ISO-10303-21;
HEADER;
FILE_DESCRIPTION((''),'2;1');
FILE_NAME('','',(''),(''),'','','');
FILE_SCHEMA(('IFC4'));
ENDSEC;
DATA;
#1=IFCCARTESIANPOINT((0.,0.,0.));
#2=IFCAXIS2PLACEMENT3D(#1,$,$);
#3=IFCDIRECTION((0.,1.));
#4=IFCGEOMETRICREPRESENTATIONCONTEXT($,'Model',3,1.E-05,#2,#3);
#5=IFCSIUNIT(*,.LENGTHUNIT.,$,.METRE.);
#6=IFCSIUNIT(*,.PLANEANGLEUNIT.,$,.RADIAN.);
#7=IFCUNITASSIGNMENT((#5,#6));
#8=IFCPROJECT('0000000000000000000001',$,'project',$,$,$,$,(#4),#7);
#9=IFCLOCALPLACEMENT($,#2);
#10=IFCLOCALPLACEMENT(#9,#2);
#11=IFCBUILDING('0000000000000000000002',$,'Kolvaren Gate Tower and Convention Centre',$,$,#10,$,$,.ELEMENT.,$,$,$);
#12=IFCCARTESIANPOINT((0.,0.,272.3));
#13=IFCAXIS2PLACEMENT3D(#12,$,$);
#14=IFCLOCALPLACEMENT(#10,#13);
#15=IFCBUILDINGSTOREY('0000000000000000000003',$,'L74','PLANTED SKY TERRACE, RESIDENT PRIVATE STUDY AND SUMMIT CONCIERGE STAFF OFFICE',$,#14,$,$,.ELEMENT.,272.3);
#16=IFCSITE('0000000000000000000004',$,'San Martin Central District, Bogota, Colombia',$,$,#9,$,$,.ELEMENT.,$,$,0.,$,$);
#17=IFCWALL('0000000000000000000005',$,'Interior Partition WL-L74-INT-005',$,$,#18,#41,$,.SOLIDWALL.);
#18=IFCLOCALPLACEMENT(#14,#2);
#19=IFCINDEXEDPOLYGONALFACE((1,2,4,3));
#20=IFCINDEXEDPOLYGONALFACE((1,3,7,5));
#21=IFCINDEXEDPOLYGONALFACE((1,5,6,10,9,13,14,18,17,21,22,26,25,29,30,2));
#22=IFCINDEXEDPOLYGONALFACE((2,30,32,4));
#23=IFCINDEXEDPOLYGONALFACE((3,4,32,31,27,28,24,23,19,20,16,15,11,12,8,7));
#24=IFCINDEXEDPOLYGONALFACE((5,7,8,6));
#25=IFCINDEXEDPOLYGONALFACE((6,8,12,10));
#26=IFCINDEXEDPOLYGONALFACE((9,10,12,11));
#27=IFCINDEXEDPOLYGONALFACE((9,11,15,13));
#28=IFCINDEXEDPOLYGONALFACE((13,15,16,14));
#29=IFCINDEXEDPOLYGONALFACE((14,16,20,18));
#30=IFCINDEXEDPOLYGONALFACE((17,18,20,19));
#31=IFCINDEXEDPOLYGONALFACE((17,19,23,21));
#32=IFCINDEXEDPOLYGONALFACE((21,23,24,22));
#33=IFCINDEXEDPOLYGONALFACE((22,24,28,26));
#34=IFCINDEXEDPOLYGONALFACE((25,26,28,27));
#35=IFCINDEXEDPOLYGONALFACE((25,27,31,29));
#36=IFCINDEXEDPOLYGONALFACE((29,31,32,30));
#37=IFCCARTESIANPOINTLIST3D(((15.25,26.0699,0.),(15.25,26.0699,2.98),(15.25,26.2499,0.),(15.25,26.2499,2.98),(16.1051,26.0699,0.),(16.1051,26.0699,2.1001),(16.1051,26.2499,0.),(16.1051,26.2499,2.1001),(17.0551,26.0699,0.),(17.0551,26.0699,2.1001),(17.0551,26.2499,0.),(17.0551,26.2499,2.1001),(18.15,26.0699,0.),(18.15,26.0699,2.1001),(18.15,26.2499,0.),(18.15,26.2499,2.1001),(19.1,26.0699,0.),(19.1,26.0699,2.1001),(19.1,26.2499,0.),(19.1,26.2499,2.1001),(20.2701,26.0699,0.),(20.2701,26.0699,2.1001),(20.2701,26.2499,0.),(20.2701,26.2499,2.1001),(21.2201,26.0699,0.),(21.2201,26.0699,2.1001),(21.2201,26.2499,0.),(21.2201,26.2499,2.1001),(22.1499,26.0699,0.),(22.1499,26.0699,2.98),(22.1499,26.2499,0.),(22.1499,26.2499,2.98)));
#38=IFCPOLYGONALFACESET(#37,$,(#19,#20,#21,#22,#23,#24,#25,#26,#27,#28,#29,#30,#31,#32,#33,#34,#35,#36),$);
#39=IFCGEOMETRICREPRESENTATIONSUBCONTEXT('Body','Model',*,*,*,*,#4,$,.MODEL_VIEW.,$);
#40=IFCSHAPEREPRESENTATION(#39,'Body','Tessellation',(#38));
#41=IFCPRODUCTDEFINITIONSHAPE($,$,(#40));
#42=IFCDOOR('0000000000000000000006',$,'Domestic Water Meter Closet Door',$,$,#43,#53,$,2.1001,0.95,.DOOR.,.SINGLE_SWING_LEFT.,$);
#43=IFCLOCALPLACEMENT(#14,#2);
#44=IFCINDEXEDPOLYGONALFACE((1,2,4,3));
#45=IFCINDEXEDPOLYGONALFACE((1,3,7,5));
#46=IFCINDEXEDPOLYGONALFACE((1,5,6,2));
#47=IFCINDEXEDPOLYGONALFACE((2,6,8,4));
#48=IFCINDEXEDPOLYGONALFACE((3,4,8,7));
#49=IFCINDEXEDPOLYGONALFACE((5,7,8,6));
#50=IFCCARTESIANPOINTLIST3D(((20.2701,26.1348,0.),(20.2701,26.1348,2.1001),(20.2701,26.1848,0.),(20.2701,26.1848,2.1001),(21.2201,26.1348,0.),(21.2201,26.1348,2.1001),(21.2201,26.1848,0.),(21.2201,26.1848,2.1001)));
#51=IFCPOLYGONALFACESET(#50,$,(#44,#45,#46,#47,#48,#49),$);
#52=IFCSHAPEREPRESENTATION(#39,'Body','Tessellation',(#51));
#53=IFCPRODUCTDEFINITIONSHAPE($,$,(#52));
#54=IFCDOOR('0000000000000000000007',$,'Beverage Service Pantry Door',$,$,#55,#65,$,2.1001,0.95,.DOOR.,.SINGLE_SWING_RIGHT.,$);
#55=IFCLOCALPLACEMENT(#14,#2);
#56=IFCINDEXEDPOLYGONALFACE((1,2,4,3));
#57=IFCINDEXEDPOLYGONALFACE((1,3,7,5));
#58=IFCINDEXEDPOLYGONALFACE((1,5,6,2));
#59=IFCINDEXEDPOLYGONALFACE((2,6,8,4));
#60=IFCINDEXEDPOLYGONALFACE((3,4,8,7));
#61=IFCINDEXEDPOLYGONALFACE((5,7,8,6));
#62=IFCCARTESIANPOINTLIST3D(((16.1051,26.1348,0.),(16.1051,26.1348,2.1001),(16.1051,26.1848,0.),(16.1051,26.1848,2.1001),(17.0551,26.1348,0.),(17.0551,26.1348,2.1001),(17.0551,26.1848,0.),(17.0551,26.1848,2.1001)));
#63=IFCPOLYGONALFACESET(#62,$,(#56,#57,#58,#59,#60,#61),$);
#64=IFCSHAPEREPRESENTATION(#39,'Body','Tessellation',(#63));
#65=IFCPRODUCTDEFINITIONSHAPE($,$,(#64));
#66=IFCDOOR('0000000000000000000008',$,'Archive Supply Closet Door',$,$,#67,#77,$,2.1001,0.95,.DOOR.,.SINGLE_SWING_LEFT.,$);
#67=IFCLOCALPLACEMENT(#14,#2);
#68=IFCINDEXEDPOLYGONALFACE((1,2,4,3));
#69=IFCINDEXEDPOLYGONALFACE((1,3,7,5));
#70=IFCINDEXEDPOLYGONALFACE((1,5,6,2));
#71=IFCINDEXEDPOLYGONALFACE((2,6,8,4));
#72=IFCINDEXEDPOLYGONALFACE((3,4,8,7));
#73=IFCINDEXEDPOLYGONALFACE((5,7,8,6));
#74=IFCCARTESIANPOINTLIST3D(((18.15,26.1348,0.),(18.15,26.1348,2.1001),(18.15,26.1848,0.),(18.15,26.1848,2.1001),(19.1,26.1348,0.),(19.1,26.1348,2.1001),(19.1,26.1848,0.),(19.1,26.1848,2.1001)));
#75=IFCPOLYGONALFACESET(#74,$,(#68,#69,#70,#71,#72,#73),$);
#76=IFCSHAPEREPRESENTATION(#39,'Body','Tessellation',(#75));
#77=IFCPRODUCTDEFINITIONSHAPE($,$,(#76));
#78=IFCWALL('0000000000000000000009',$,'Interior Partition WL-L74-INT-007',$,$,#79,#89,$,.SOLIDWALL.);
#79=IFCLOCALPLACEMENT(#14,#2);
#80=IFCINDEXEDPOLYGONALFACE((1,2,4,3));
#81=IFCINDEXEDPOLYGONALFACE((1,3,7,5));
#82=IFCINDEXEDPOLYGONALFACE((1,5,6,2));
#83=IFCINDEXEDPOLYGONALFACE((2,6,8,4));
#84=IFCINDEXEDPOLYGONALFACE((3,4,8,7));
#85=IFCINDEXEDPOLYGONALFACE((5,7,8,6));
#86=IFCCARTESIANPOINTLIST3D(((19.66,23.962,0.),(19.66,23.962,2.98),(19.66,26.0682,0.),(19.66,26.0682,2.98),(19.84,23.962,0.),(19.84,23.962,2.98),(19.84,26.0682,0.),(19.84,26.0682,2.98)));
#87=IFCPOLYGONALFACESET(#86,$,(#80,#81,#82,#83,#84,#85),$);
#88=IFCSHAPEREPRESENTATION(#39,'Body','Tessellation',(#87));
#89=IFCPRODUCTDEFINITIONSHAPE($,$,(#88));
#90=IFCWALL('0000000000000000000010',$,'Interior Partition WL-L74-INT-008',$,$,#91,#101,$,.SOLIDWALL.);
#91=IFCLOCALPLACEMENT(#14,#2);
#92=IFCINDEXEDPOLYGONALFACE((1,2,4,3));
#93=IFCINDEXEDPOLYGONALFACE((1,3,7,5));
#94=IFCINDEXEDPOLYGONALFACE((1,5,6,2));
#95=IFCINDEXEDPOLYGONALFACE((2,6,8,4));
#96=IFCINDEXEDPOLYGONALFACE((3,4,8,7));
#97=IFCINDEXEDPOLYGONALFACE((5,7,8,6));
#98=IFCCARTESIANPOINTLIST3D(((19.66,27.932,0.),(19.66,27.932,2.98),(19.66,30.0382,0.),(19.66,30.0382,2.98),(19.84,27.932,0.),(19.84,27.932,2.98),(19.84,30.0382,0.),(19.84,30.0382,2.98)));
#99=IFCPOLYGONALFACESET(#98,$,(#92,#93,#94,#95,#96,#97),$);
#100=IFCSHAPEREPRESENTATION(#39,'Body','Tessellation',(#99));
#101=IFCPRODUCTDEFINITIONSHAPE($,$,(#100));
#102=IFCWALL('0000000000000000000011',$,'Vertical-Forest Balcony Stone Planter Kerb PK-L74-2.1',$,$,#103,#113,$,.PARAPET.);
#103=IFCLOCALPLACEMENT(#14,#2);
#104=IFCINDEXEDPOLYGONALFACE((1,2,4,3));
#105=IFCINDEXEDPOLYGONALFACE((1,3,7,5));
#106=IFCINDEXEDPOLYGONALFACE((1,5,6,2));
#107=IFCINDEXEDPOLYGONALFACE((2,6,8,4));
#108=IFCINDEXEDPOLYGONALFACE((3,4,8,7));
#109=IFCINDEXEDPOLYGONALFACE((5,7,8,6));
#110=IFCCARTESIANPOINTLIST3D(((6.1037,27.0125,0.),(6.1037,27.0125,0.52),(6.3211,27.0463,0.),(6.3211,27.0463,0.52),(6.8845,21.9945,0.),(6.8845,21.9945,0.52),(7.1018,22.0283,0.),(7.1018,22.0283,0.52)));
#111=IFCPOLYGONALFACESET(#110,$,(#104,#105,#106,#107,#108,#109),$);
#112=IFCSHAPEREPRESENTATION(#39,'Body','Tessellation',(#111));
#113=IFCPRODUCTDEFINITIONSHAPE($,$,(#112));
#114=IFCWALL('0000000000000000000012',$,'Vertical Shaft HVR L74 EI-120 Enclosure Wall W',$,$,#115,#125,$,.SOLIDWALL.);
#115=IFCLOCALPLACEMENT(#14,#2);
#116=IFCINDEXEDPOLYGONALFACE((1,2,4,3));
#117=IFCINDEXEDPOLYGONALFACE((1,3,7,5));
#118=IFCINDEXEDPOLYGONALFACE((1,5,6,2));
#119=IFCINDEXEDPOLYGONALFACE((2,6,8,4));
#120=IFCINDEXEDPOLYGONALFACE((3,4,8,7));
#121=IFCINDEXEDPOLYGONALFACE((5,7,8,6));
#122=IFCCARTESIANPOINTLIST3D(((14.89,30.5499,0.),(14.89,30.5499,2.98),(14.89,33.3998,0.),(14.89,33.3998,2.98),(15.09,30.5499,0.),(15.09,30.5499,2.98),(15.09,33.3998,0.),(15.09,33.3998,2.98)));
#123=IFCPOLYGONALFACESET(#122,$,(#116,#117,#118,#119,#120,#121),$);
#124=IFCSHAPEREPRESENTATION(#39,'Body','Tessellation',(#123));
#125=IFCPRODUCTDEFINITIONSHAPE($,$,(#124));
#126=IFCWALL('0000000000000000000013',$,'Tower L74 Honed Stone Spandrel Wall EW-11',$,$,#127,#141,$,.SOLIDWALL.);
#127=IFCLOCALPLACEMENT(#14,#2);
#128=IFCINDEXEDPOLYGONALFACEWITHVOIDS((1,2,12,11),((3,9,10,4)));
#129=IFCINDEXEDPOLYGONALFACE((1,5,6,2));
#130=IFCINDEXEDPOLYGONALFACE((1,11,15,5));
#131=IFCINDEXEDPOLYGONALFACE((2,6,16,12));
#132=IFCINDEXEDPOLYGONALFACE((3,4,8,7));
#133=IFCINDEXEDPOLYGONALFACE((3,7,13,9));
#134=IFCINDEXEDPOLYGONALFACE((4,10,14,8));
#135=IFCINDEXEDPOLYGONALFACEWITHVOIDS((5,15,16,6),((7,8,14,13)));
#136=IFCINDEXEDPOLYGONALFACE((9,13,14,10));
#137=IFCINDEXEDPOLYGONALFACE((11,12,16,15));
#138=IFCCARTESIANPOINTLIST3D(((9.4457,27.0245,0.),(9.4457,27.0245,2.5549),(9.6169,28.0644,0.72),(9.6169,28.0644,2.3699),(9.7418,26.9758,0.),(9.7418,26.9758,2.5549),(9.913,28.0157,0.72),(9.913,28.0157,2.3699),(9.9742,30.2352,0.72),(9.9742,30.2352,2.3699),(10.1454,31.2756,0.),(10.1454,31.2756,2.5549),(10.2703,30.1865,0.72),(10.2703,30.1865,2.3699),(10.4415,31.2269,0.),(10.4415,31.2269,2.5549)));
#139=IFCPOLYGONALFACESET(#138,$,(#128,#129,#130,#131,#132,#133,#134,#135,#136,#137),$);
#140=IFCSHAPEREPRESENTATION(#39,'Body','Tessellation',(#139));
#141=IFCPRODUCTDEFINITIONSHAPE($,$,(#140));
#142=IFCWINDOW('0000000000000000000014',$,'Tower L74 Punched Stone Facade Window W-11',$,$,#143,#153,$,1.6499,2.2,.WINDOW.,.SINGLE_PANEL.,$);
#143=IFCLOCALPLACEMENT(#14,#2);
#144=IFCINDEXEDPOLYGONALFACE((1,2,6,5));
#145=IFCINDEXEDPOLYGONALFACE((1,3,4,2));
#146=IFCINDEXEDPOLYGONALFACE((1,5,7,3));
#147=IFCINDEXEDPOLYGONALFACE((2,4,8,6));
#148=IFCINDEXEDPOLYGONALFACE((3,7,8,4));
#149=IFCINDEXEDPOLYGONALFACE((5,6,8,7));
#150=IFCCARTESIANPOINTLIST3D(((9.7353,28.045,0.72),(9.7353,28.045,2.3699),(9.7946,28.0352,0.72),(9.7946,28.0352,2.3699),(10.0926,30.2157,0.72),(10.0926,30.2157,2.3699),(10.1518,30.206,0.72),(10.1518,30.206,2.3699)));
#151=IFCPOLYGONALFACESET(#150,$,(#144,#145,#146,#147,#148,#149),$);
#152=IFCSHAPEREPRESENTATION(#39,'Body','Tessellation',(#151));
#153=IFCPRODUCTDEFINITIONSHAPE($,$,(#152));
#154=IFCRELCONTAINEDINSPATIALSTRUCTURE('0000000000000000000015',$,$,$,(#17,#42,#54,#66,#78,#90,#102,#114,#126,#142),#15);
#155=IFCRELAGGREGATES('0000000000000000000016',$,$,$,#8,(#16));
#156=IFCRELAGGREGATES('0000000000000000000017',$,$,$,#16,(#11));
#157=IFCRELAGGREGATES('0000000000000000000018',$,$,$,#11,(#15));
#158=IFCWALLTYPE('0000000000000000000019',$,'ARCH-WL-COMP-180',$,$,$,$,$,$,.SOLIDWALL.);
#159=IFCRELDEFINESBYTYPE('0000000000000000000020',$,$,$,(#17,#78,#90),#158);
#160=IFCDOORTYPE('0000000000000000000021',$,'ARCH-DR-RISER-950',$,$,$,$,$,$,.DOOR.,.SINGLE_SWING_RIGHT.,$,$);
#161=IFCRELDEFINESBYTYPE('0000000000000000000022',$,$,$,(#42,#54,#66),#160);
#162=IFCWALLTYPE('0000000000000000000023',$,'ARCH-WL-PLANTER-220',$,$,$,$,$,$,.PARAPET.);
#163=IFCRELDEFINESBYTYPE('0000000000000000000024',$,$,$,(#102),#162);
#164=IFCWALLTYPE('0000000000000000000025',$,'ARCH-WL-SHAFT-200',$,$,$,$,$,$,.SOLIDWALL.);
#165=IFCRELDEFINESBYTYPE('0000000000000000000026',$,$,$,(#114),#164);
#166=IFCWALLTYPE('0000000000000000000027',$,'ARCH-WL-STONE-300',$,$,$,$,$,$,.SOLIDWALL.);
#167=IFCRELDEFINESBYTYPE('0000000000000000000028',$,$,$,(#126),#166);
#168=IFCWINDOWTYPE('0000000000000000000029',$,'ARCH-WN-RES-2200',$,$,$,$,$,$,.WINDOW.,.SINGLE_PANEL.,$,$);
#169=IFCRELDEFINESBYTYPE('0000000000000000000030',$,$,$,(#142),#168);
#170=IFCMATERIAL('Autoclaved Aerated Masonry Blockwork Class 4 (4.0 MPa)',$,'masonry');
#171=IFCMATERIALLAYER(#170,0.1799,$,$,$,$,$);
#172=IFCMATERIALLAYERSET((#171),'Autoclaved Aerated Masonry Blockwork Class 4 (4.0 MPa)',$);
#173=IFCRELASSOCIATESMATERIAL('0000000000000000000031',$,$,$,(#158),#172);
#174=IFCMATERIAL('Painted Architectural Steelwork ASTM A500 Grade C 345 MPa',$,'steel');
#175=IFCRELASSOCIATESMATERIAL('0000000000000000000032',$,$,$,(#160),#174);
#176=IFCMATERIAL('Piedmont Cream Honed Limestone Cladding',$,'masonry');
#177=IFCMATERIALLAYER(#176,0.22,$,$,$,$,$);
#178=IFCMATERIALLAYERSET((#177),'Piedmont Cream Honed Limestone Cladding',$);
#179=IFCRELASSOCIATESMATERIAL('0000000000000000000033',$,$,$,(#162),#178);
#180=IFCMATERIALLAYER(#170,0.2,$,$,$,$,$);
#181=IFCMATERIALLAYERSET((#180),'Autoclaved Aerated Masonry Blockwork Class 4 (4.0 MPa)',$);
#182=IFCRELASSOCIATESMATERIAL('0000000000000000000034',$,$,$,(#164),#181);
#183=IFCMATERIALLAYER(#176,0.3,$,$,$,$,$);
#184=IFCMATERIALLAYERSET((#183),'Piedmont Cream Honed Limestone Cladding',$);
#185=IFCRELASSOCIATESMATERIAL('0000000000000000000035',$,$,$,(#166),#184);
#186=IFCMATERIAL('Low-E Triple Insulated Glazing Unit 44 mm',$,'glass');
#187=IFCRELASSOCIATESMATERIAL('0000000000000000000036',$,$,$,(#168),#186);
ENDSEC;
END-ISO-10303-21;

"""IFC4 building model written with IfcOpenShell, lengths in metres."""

from ifc_helpers import new_model, si_unit, direction, frame, frame_2d, origin, place, context, subcontext, project, spatial, rectangle, extrude, material, layer, layer_set, type_object, element, fill, save


model = new_model("IFC4")

# Units and contexts
model_context = context("Model", 3, precision=1e-05, world=origin(), true_north=direction((0.0, 1.0)))
body_context = subcontext(model_context, "Body", "Model", "MODEL_VIEW")
ifc_project = project(units=[si_unit("LENGTHUNIT", "METRE"), si_unit("PLANEANGLEUNIT", "RADIAN")], contexts=[model_context])

# Site, building, storey
site_placement = place(None, origin())
site = spatial("IfcSite", under=ifc_project, at=site_placement, Name="San Martin Central District, Bogota, Colombia", CompositionType="ELEMENT", RefElevation=0.0)
building_placement = place(site_placement, origin())
building = spatial("IfcBuilding", under=site, at=building_placement, Name="Kolvaren Gate Tower and Convention Centre", CompositionType="ELEMENT")
storey_placement = place(building_placement, frame((0.0, 0.0, 272.3)))
storey = spatial("IfcBuildingStorey", under=building, at=storey_placement, Name="L74", Description="PLANTED SKY TERRACE, RESIDENT PRIVATE STUDY AND SUMMIT CONCIERGE STAFF OFFICE", CompositionType="ELEMENT", Elevation=272.3)

# Wall, openings, doors
ifc_material_1 = material(Name="Autoclaved Aerated Masonry Blockwork Class 4 (4.0 MPa)", Category="masonry")
ifc_layer_1 = layer(ifc_material_1, 0.1799)
ifc_layer_set_1 = layer_set([ifc_layer_1], Name="Autoclaved Aerated Masonry Blockwork Class 4 (4.0 MPa)")
wall_type_1 = type_object("IfcWallType", Name="ARCH-WL-COMP-180", PredefinedType="SOLIDWALL", material=ifc_layer_set_1)
ifc_material_2 = material(Name="Painted Architectural Steelwork ASTM A500 Grade C 345 MPa", Category="steel")
door_type_1 = type_object("IfcDoorType", Name="ARCH-DR-RISER-950", OperationType="SINGLE_SWING_RIGHT", PredefinedType="DOOR", material=ifc_material_2)
wall_1_placement = place(storey_placement, frame((15.25, 26.1599, 0.0), z_axis=(0.0, 0.0, 1.0), x_axis=(1.0, 0.0, 0.0)))
wall_1 = element("IfcWall", 1, at=wall_1_placement, inside=storey, type_object=wall_type_1, Name="Interior Partition WL-L74-INT-005", PredefinedType="SOLIDWALL", context=body_context, shape_type="SweptSolid", body=[
    extrude(rectangle(XDim=6.8999, YDim=0.1799, at=frame_2d((3.45, 0.0))), origin(), (0.0, 0.0, 1.0), 2.98),
])
opening_1_placement = place(wall_1_placement, frame((5.02, 0.0, 0.0)))
opening_1 = element("IfcOpeningElement", 2, at=opening_1_placement, cuts=wall_1, PredefinedType="OPENING", context=body_context, shape_type="SweptSolid", body=[
    extrude(rectangle(XDim=0.95, YDim=2.1001, at=frame_2d((0.4751, 1.05))), frame((0.0, 0.0999, 0.0), z_axis=(0.0, -1.0, 0.0), x_axis=(1.0, 0.0, 0.0)), (0.0, 0.0, 1.0), 0.2),
])
opening_2_placement = place(wall_1_placement, frame((0.855, 0.0, 0.0)))
opening_2 = element("IfcOpeningElement", 3, at=opening_2_placement, cuts=wall_1, PredefinedType="OPENING", context=body_context, shape_type="SweptSolid", body=[
    extrude(rectangle(XDim=0.95, YDim=2.1001, at=frame_2d((0.4751, 1.05))), frame((0.0, 0.0999, 0.0), z_axis=(0.0, -1.0, 0.0), x_axis=(1.0, 0.0, 0.0)), (0.0, 0.0, 1.0), 0.2),
])
opening_3_placement = place(wall_1_placement, frame((2.8999, 0.0, 0.0)))
opening_3 = element("IfcOpeningElement", 4, at=opening_3_placement, cuts=wall_1, PredefinedType="OPENING", context=body_context, shape_type="SweptSolid", body=[
    extrude(rectangle(XDim=0.95, YDim=2.1001, at=frame_2d((0.4751, 1.05))), frame((0.0, 0.0999, 0.0), z_axis=(0.0, -1.0, 0.0), x_axis=(1.0, 0.0, 0.0)), (0.0, 0.0, 1.0), 0.2),
])
door_1_placement = place(opening_1_placement, origin())
door_1 = element("IfcDoor", 5, at=door_1_placement, inside=storey, type_object=door_type_1, Name="Domestic Water Meter Closet Door", OperationType="SINGLE_SWING_LEFT", OverallHeight=2.1001, OverallWidth=0.95, PredefinedType="DOOR", context=body_context, shape_type="SweptSolid", body=[
    extrude(rectangle(XDim=0.95, YDim=2.1001, at=frame_2d((0.4751, 1.05))), frame((0.0, 0.0249, 0.0), z_axis=(0.0, -1.0, 0.0), x_axis=(1.0, 0.0, 0.0)), (0.0, 0.0, 1.0), 0.05),
])
fill(opening_1, door_1)
door_2_placement = place(opening_2_placement, origin())
door_2 = element("IfcDoor", 6, at=door_2_placement, inside=storey, type_object=door_type_1, Name="Beverage Service Pantry Door", OperationType="SINGLE_SWING_RIGHT", OverallHeight=2.1001, OverallWidth=0.95, PredefinedType="DOOR", context=body_context, shape_type="SweptSolid", body=[
    extrude(rectangle(XDim=0.95, YDim=2.1001, at=frame_2d((0.4751, 1.05))), frame((0.0, 0.0249, 0.0), z_axis=(0.0, -1.0, 0.0), x_axis=(1.0, 0.0, 0.0)), (0.0, 0.0, 1.0), 0.05),
])
fill(opening_2, door_2)
door_3_placement = place(opening_3_placement, origin())
door_3 = element("IfcDoor", 7, at=door_3_placement, inside=storey, type_object=door_type_1, Name="Archive Supply Closet Door", OperationType="SINGLE_SWING_LEFT", OverallHeight=2.1001, OverallWidth=0.95, PredefinedType="DOOR", context=body_context, shape_type="SweptSolid", body=[
    extrude(rectangle(XDim=0.95, YDim=2.1001, at=frame_2d((0.4751, 1.05))), frame((0.0, 0.0249, 0.0), z_axis=(0.0, -1.0, 0.0), x_axis=(1.0, 0.0, 0.0)), (0.0, 0.0, 1.0), 0.05),
])
fill(opening_3, door_3)

# Walls
for number, where, z_axis, x_axis, name in (
    (8, (19.75, 23.9619, 0.0), (0.0, 0.0, 1.0), (0.0, 1.0, 0.0), "Interior Partition WL-L74-INT-007"),
    (9, (19.75, 27.9319, 0.0), (0.0, 0.0, 1.0), (0.0, 1.0, 0.0), "Interior Partition WL-L74-INT-008"),
):
    element("IfcWall", number, at=place(storey_placement, frame(where, z_axis=z_axis, x_axis=x_axis)), inside=storey, type_object=wall_type_1, Name=name, PredefinedType="SOLIDWALL", context=body_context, shape_type="SweptSolid", body=[
        extrude(rectangle(XDim=2.1062, YDim=0.1799, at=frame_2d((1.0532, 0.0))), origin(), (0.0, 0.0, 1.0), 2.98),
    ])
ifc_material_3 = material(Name="Piedmont Cream Honed Limestone Cladding", Category="masonry")
ifc_layer_2 = layer(ifc_material_3, 0.22)
ifc_layer_set_2 = layer_set([ifc_layer_2], Name="Piedmont Cream Honed Limestone Cladding")
wall_type_2 = type_object("IfcWallType", Name="ARCH-WL-PLANTER-220", PredefinedType="PARAPET", material=ifc_layer_set_2)
wall_2_placement = place(storey_placement, frame((6.2124, 27.0293, 0.0), z_axis=(0.0, 0.0, 1.0), x_axis=(0.15374, -0.988111, 0.0)))
element("IfcWall", 10, at=wall_2_placement, inside=storey, type_object=wall_type_2, Name="Vertical-Forest Balcony Stone Planter Kerb PK-L74-2.1", PredefinedType="PARAPET", context=body_context, shape_type="SweptSolid", body=[
    extrude(rectangle(XDim=5.0784, YDim=0.22, at=frame_2d((2.5391, 0.0))), origin(), (0.0, 0.0, 1.0), 0.52),
])
ifc_layer_3 = layer(ifc_material_1, 0.2)
ifc_layer_set_3 = layer_set([ifc_layer_3], Name="Autoclaved Aerated Masonry Blockwork Class 4 (4.0 MPa)")
wall_type_3 = type_object("IfcWallType", Name="ARCH-WL-SHAFT-200", PredefinedType="SOLIDWALL", material=ifc_layer_set_3)
wall_3_placement = place(storey_placement, frame((14.99, 30.55, 0.0), z_axis=(0.0, 0.0, 1.0), x_axis=(0.0, 1.0, 0.0)))
element("IfcWall", 11, at=wall_3_placement, inside=storey, type_object=wall_type_3, Name="Vertical Shaft HVR L74 EI-120 Enclosure Wall W", PredefinedType="SOLIDWALL", context=body_context, shape_type="SweptSolid", body=[
    extrude(rectangle(XDim=2.8499, YDim=0.2, at=frame_2d((1.4248, 0.0))), origin(), (0.0, 0.0, 1.0), 2.98),
])

# Wall, opening, window
ifc_layer_4 = layer(ifc_material_3, 0.3)
ifc_layer_set_4 = layer_set([ifc_layer_4], Name="Piedmont Cream Honed Limestone Cladding")
wall_type_4 = type_object("IfcWallType", Name="ARCH-WL-STONE-300", PredefinedType="SOLIDWALL", material=ifc_layer_set_4)
wall_4_placement = place(storey_placement, frame((9.5938, 27.0, 0.0), z_axis=(0.0, 0.0, 1.0), x_axis=(0.162405, 0.986724, 0.0)))
wall_4 = element("IfcWall", 12, at=wall_4_placement, inside=storey, type_object=wall_type_4, Name="Tower L74 Honed Stone Spandrel Wall EW-11", PredefinedType="SOLIDWALL", context=body_context, shape_type="SweptSolid", body=[
    extrude(rectangle(XDim=4.3083, YDim=0.3, at=frame_2d((2.1543, 0.0))), origin(), (0.0, 0.0, 1.0), 2.5549),
])
opening_4_placement = place(wall_4_placement, frame((1.054, 0.0, 0.72)))
opening_4 = element("IfcOpeningElement", 13, at=opening_4_placement, cuts=wall_4, PredefinedType="OPENING", context=body_context, shape_type="SweptSolid", body=[
    extrude(rectangle(XDim=2.2, YDim=1.6499, at=frame_2d((1.1001, 0.825))), frame((0.0, 0.1599, 0.0), z_axis=(0.0, -1.0, 0.0), x_axis=(1.0, 0.0, 0.0)), (0.0, 0.0, 1.0), 0.3201),
])
ifc_material_4 = material(Name="Low-E Triple Insulated Glazing Unit 44 mm", Category="glass")
window_type = type_object("IfcWindowType", Name="ARCH-WN-RES-2200", PartitioningType="SINGLE_PANEL", PredefinedType="WINDOW", material=ifc_material_4)
window_1_placement = place(opening_4_placement, origin())
window_1 = element("IfcWindow", 14, at=window_1_placement, inside=storey, type_object=window_type, Name="Tower L74 Punched Stone Facade Window W-11", OverallHeight=1.6499, OverallWidth=2.2, PartitioningType="SINGLE_PANEL", PredefinedType="WINDOW", context=body_context, shape_type="SweptSolid", body=[
    extrude(rectangle(XDim=2.2, YDim=1.6499, at=frame_2d((1.1001, 0.825))), frame((0.0, 0.03, 0.0), z_axis=(0.0, -1.0, 0.0), x_axis=(1.0, 0.0, 0.0)), (0.0, 0.0, 1.0), 0.0601),
])
fill(opening_4, window_1)

save(model, "model.ifc")
